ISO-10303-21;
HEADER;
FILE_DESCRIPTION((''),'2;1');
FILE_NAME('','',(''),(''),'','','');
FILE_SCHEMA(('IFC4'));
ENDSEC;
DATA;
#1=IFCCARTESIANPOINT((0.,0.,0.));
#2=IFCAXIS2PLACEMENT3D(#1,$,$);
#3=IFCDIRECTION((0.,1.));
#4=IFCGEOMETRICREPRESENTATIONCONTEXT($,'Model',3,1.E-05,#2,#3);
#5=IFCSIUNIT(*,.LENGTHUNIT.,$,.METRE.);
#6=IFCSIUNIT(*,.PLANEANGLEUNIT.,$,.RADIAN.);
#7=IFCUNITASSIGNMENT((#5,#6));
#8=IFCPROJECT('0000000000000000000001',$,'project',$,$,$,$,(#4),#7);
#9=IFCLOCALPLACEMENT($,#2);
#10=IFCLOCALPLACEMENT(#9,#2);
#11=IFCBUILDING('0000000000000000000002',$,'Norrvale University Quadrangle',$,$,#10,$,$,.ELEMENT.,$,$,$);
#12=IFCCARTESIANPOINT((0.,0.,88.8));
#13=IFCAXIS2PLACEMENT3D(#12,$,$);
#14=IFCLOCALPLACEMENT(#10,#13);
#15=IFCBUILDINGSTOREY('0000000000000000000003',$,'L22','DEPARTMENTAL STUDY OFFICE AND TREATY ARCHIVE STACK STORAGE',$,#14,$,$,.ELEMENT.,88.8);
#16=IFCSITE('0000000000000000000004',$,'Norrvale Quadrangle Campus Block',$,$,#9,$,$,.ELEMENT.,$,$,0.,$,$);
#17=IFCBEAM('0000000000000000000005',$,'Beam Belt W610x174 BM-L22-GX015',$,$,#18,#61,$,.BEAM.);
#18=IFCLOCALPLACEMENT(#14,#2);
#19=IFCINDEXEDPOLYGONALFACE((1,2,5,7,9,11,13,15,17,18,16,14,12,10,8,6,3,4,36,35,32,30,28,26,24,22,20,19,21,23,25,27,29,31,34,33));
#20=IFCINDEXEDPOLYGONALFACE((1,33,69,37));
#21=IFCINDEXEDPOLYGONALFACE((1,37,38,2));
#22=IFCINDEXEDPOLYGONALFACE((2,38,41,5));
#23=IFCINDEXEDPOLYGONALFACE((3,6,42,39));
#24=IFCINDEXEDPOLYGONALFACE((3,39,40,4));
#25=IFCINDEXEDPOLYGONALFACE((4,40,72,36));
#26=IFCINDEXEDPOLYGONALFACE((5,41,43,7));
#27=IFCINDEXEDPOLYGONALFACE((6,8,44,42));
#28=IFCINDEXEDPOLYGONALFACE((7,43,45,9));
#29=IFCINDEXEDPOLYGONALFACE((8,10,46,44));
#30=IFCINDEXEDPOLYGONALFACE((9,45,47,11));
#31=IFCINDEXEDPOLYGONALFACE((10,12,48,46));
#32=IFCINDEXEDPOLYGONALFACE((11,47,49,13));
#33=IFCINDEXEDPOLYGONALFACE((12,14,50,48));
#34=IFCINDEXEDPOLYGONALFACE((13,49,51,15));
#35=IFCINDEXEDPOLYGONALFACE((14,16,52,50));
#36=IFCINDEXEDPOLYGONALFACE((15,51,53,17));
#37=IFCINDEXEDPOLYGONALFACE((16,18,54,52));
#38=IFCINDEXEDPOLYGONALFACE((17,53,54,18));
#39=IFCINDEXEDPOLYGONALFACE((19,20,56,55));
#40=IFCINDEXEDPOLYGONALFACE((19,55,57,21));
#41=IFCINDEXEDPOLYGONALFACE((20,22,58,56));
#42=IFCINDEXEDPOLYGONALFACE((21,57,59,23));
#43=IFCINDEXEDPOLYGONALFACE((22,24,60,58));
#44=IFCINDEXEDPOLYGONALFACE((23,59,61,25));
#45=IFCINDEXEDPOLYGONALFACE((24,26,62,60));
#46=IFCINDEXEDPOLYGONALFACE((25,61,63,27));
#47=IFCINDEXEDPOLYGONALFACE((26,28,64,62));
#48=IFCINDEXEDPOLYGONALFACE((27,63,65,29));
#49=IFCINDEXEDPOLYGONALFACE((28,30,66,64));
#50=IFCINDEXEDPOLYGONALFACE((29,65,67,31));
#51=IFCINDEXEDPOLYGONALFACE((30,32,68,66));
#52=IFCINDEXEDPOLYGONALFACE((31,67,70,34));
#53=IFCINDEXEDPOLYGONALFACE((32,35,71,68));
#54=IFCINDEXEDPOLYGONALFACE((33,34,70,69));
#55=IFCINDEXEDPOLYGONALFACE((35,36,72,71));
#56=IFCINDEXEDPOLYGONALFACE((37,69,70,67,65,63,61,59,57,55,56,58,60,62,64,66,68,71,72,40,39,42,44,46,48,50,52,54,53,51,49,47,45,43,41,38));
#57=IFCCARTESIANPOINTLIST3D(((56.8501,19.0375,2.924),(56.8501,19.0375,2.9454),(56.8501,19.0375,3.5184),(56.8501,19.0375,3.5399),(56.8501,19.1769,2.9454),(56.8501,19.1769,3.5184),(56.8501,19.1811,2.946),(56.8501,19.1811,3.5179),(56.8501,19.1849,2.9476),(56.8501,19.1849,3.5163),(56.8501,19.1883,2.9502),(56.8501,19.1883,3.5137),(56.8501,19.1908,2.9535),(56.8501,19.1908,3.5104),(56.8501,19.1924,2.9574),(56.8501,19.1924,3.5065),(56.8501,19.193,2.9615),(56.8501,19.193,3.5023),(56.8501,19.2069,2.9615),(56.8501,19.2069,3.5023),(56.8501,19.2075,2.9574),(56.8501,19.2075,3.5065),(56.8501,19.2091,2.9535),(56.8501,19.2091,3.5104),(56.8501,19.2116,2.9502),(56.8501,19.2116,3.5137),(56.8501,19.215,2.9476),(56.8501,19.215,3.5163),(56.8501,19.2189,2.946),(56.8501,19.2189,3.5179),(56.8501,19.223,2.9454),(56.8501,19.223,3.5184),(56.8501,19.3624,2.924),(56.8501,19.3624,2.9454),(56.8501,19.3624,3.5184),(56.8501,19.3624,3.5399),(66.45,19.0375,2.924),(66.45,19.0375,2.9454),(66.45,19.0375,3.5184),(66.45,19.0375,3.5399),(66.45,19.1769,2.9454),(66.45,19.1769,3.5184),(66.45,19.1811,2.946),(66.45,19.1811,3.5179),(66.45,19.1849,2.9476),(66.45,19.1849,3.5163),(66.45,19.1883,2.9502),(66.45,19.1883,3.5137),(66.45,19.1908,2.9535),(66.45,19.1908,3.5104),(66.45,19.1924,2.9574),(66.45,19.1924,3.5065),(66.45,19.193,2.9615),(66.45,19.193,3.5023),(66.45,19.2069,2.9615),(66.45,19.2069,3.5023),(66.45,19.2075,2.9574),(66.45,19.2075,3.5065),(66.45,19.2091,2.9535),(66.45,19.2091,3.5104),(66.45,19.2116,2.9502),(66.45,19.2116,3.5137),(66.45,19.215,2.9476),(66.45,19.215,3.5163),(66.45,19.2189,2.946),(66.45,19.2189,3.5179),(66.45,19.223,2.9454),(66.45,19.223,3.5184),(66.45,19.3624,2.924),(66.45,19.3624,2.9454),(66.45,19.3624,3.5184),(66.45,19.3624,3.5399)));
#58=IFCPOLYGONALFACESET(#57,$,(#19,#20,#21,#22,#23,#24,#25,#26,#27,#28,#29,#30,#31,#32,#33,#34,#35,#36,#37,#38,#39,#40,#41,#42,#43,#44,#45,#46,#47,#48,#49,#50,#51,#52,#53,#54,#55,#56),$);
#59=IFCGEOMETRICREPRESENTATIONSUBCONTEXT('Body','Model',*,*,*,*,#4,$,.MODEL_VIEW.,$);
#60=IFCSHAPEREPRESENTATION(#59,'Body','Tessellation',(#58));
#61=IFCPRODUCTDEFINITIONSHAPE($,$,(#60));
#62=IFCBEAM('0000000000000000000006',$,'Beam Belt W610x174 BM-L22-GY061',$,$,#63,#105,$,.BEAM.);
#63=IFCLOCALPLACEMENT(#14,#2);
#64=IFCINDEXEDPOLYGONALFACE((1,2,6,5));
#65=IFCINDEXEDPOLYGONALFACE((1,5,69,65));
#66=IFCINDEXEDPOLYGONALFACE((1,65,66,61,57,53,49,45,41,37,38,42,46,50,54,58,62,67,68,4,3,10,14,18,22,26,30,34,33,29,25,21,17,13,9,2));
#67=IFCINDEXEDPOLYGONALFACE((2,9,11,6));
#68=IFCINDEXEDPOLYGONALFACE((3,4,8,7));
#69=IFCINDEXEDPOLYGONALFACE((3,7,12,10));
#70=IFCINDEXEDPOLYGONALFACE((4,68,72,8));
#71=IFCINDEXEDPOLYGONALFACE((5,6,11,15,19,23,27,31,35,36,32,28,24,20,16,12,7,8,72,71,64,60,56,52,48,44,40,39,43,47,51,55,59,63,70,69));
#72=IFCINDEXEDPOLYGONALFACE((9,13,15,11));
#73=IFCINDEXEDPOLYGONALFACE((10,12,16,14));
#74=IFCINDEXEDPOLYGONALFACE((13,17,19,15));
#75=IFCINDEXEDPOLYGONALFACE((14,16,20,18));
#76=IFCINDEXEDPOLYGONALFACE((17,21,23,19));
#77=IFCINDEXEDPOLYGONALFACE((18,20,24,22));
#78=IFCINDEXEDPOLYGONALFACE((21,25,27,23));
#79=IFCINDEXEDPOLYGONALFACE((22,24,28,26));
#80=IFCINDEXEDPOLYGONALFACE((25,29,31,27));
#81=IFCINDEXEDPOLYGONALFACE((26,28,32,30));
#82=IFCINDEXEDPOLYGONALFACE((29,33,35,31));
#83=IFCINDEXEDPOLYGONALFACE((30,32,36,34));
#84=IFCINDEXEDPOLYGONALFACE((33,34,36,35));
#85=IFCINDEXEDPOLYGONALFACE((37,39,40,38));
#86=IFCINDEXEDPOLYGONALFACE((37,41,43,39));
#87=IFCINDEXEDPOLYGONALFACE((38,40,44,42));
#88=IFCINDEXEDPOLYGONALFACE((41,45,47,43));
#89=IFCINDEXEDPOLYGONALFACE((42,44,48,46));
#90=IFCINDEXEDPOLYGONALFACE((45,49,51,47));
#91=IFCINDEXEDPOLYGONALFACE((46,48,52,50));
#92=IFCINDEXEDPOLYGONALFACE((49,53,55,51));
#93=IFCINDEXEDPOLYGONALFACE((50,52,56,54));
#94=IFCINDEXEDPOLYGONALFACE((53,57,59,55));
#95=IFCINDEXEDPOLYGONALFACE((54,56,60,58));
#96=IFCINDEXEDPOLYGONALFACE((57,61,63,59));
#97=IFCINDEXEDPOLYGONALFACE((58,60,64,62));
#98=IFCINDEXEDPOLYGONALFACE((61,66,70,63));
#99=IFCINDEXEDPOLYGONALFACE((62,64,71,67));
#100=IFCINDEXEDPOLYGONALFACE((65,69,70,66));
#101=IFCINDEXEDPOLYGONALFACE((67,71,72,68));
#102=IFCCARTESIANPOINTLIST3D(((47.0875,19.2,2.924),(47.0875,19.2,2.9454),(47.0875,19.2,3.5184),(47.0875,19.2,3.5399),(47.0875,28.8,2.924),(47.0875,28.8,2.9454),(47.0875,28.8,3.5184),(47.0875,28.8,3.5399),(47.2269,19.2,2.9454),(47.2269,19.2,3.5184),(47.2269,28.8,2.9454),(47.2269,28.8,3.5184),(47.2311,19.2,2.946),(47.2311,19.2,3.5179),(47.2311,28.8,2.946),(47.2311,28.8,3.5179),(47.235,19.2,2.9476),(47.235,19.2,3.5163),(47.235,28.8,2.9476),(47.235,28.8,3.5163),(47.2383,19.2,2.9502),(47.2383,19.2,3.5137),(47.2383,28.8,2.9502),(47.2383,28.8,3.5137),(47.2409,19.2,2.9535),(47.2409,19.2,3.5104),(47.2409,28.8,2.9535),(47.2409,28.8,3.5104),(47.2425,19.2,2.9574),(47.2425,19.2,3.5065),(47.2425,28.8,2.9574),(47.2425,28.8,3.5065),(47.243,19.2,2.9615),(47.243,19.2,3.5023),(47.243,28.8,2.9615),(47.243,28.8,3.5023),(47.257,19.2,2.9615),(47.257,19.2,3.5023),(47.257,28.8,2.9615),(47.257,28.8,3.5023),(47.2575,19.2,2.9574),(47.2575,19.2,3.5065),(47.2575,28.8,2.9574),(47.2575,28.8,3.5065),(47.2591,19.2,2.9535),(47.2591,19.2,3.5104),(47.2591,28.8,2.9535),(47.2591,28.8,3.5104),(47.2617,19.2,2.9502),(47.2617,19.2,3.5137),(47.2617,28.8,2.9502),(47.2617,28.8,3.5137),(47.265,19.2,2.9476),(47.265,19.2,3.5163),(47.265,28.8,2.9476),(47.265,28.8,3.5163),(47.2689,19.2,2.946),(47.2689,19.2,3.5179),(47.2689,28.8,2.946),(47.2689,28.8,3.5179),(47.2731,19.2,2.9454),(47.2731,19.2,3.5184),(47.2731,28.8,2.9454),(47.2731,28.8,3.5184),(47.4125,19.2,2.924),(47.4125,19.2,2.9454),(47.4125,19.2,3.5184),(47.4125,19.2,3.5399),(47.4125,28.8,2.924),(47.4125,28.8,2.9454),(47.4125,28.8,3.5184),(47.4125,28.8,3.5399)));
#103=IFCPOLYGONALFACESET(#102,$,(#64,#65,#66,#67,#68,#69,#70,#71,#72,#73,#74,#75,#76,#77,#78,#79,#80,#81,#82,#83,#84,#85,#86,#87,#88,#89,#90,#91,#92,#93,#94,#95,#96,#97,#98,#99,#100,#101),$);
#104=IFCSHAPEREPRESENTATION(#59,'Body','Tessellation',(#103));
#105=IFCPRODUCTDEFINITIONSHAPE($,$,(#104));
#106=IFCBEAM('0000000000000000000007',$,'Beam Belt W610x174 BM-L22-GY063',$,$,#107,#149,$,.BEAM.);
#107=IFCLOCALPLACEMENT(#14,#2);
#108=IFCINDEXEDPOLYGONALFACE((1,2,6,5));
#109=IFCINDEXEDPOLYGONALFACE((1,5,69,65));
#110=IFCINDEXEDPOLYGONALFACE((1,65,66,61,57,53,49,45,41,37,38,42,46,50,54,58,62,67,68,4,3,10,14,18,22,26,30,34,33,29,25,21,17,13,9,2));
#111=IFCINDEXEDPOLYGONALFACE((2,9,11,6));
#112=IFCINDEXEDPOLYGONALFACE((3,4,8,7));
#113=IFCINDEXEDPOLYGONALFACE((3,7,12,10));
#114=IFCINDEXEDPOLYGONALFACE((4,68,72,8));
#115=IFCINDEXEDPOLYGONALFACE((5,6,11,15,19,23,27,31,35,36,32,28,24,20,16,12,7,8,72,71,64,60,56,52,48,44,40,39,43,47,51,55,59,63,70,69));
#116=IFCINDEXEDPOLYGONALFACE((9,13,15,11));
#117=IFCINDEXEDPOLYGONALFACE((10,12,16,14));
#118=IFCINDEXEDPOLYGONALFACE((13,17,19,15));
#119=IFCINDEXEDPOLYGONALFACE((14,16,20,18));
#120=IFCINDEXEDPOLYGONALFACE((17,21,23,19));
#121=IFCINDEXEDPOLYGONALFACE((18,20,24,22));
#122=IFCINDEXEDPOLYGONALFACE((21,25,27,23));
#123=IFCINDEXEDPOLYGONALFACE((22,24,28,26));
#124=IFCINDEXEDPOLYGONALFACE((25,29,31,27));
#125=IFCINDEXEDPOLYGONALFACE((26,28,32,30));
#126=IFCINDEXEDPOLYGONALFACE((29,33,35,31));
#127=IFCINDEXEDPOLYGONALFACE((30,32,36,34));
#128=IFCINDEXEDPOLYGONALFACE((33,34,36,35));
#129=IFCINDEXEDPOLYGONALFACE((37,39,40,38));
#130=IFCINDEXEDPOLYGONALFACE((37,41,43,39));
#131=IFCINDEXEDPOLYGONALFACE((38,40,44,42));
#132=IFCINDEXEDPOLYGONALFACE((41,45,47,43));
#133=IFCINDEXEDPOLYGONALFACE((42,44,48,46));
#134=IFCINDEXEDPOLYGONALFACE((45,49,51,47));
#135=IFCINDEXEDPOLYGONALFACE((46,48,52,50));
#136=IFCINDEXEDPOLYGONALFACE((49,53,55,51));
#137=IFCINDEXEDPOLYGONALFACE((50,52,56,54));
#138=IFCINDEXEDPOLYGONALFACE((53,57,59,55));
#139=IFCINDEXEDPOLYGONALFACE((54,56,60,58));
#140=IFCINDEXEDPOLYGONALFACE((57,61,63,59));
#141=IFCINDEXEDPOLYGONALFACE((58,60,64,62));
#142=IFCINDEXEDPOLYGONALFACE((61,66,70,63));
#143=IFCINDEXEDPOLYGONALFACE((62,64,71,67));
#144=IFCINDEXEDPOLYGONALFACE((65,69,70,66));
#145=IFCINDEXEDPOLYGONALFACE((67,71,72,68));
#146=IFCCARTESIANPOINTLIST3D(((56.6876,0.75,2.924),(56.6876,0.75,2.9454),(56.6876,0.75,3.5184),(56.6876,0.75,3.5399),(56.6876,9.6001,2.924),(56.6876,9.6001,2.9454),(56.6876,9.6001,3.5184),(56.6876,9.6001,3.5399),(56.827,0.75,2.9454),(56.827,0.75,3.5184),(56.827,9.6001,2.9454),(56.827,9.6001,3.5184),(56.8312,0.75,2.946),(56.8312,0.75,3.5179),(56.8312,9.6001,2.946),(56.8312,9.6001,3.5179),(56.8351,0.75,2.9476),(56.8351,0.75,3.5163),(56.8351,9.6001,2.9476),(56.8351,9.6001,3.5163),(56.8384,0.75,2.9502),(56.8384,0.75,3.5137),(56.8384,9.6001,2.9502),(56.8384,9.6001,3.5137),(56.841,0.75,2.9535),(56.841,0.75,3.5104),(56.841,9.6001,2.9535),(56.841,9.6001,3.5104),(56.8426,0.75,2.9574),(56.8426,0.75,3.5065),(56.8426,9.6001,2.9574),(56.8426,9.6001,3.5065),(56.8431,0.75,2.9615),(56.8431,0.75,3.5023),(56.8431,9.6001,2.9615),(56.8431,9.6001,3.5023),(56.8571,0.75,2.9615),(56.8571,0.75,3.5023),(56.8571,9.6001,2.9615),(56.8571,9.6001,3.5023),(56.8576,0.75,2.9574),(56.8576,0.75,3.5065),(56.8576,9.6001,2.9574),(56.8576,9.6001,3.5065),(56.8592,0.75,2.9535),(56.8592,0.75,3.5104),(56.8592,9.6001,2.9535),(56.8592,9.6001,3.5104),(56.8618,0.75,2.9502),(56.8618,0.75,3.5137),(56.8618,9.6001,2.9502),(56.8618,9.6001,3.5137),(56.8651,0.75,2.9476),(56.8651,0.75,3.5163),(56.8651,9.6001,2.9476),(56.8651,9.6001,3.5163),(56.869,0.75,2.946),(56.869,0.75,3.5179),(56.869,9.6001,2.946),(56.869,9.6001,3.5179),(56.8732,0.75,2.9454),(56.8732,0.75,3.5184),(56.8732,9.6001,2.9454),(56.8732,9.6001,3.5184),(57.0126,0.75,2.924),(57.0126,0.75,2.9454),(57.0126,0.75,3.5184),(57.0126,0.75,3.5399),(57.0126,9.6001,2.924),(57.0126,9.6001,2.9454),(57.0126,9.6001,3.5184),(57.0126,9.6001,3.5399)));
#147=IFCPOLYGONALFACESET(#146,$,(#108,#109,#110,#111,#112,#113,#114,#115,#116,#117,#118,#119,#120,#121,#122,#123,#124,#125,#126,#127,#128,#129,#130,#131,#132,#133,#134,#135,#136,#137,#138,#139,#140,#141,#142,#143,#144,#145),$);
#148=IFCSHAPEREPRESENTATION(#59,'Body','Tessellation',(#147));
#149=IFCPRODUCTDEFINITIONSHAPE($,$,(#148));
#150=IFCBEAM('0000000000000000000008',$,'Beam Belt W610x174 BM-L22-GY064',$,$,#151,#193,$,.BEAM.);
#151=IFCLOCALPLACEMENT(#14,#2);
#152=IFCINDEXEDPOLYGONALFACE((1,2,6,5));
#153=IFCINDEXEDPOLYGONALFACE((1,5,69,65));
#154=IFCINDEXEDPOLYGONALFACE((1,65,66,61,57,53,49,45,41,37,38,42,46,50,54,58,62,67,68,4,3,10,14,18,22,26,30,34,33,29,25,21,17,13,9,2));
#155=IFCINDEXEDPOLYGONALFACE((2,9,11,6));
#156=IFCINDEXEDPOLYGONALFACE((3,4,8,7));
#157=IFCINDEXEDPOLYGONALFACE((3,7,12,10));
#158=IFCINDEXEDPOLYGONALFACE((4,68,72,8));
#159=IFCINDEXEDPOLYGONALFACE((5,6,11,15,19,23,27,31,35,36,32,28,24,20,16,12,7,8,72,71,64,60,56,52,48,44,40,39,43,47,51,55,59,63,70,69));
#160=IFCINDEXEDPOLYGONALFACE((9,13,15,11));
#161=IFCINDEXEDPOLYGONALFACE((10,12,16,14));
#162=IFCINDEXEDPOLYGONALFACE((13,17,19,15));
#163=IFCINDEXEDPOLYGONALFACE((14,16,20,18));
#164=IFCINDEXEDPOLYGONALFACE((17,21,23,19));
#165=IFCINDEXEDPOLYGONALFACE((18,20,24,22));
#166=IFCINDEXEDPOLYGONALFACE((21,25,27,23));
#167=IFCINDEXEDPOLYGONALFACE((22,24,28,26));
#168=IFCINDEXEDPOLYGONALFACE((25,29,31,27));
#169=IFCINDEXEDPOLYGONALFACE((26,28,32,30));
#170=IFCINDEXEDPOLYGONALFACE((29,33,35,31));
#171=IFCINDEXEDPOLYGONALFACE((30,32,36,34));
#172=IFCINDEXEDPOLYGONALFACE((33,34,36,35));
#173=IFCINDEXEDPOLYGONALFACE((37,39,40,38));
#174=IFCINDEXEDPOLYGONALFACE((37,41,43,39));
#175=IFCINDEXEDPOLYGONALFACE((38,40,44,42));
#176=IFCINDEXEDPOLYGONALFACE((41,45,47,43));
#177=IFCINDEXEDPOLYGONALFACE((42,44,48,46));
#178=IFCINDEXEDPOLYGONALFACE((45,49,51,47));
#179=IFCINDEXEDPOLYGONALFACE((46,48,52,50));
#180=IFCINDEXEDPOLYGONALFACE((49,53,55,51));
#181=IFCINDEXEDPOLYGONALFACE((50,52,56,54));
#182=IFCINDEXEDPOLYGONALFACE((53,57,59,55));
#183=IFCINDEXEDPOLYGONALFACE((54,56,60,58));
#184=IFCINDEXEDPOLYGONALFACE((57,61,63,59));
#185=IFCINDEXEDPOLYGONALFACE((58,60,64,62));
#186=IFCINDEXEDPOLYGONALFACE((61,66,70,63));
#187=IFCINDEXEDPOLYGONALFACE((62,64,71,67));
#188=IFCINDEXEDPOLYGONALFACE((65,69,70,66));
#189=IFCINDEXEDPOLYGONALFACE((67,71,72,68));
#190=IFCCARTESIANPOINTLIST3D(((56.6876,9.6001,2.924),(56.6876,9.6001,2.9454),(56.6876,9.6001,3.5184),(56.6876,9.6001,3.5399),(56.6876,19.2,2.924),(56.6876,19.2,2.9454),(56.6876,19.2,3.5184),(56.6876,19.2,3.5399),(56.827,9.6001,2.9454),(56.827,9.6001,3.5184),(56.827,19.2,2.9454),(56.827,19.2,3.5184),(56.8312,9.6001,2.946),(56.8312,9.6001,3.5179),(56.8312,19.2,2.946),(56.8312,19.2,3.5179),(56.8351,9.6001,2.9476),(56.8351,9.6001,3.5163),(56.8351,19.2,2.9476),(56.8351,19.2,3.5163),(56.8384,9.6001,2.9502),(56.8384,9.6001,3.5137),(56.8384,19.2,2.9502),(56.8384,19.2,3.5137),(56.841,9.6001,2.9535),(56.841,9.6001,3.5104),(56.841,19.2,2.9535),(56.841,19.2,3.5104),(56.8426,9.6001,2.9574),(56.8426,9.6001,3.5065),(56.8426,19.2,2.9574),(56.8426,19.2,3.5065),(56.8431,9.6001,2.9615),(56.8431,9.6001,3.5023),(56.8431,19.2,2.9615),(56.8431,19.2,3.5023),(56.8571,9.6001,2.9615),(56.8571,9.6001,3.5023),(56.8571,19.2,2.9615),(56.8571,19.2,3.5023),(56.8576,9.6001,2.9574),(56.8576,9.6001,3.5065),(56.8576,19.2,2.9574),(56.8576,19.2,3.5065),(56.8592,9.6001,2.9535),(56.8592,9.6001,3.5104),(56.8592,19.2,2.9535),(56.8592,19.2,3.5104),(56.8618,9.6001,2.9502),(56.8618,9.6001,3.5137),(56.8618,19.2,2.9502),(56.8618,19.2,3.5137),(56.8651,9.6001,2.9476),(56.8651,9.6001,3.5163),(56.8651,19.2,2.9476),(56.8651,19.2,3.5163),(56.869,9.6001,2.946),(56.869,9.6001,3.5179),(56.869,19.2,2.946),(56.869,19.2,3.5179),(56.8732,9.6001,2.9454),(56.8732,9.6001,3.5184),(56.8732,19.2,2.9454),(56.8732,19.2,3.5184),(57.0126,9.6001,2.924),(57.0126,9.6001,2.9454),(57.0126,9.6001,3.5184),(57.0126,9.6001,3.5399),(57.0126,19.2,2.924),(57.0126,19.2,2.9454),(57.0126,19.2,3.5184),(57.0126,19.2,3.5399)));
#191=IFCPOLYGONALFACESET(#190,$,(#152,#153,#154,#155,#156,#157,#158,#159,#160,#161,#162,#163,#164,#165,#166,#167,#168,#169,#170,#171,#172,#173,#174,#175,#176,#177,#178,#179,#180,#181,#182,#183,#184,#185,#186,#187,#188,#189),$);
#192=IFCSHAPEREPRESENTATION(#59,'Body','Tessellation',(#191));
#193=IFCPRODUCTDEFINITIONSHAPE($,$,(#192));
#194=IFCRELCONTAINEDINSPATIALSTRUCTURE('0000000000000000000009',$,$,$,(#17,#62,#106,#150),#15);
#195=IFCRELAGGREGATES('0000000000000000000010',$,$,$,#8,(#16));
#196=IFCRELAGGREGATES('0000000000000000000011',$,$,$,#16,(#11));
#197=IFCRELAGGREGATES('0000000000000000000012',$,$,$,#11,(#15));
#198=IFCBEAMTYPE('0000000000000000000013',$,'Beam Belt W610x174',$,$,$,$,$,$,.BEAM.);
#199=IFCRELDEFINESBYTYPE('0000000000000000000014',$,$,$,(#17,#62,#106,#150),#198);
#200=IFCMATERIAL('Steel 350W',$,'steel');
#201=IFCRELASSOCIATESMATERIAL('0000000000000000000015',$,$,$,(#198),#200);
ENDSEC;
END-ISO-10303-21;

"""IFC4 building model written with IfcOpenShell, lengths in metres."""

from ifc_helpers import new_model, si_unit, direction, frame, origin, origin_2d, place, context, subcontext, project, spatial, i_section, extrude, material, material_profile, profile_set, type_object, element, save


model = new_model("IFC4")

# Units and contexts
model_context = context("Model", 3, precision=1e-05, world=origin(), true_north=direction((0.0, 1.0)))
body_context = subcontext(model_context, "Body", "Model", "MODEL_VIEW")
ifc_project = project(units=[si_unit("LENGTHUNIT", "METRE"), si_unit("PLANEANGLEUNIT", "RADIAN")], contexts=[model_context])

# Site, building, storey
site_placement = place(None, origin())
site = spatial("IfcSite", under=ifc_project, at=site_placement, Name="Norrvale Quadrangle Campus Block", CompositionType="ELEMENT", RefElevation=0.0)
building_placement = place(site_placement, origin())
building = spatial("IfcBuilding", under=site, at=building_placement, Name="Norrvale University Quadrangle", CompositionType="ELEMENT")
storey_placement = place(building_placement, frame((0.0, 0.0, 88.8)))
storey = spatial("IfcBuildingStorey", under=building, at=storey_placement, Name="L22", Description="DEPARTMENTAL STUDY OFFICE AND TREATY ARCHIVE STACK STORAGE", CompositionType="ELEMENT", Elevation=88.8)

# Beams
ifc_material_1 = material(Name="Steel 350W", Category="steel")
ifc_material_profile_1 = material_profile(ifc_material_1, i_section(OverallWidth=0.325, OverallDepth=0.616, WebThickness=0.0139, FlangeThickness=0.0215, FilletRadius=0.0161, at=origin_2d()), Name="Steel 350W")
ifc_profile_set_1 = profile_set([ifc_material_profile_1], Name="Steel 350W")
beam_type_1 = type_object("IfcBeamType", Name="Beam Belt W610x174", PredefinedType="BEAM", material=ifc_profile_set_1)
beam_1_placement = place(storey_placement, frame((56.8501, 19.2, 3.2319), z_axis=(1.0, 0.0, 0.0), x_axis=(0.0, 1.0, 0.0)))
element("IfcBeam", 1, at=beam_1_placement, inside=storey, type_object=beam_type_1, Name="Beam Belt W610x174 BM-L22-GX015", PredefinedType="BEAM", context=body_context, shape_type="SweptSolid", body=[
    extrude(i_section(OverallWidth=0.325, OverallDepth=0.616, WebThickness=0.0139, FlangeThickness=0.0215, FilletRadius=0.0161, at=origin_2d()), origin(), (0.0, 0.0, 1.0), 9.5999),
])
beam_2_placement = place(storey_placement, frame((47.25, 19.2, 3.2319), z_axis=(0.0, 1.0, 0.0), x_axis=(-1.0, 0.0, 0.0)))
element("IfcBeam", 2, at=beam_2_placement, inside=storey, type_object=beam_type_1, Name="Beam Belt W610x174 BM-L22-GY061", PredefinedType="BEAM", context=body_context, shape_type="SweptSolid", body=[
    extrude(i_section(OverallWidth=0.325, OverallDepth=0.616, WebThickness=0.0139, FlangeThickness=0.0215, FilletRadius=0.0161, at=origin_2d()), origin(), (0.0, 0.0, 1.0), 9.6001),
])
beam_3_placement = place(storey_placement, frame((56.8501, 0.75, 3.2319), z_axis=(0.0, 1.0, 0.0), x_axis=(-1.0, 0.0, 0.0)))
element("IfcBeam", 3, at=beam_3_placement, inside=storey, type_object=beam_type_1, Name="Beam Belt W610x174 BM-L22-GY063", PredefinedType="BEAM", context=body_context, shape_type="SweptSolid", body=[
    extrude(i_section(OverallWidth=0.325, OverallDepth=0.616, WebThickness=0.0139, FlangeThickness=0.0215, FilletRadius=0.0161, at=origin_2d()), origin(), (0.0, 0.0, 1.0), 8.8501),
])
beam_4_placement = place(storey_placement, frame((56.8501, 9.6001, 3.2319), z_axis=(0.0, 1.0, 0.0), x_axis=(-1.0, 0.0, 0.0)))
element("IfcBeam", 4, at=beam_4_placement, inside=storey, type_object=beam_type_1, Name="Beam Belt W610x174 BM-L22-GY064", PredefinedType="BEAM", context=body_context, shape_type="SweptSolid", body=[
    extrude(i_section(OverallWidth=0.325, OverallDepth=0.616, WebThickness=0.0139, FlangeThickness=0.0215, FilletRadius=0.0161, at=origin_2d()), origin(), (0.0, 0.0, 1.0), 9.5999),
])

save(model, "model.ifc")
